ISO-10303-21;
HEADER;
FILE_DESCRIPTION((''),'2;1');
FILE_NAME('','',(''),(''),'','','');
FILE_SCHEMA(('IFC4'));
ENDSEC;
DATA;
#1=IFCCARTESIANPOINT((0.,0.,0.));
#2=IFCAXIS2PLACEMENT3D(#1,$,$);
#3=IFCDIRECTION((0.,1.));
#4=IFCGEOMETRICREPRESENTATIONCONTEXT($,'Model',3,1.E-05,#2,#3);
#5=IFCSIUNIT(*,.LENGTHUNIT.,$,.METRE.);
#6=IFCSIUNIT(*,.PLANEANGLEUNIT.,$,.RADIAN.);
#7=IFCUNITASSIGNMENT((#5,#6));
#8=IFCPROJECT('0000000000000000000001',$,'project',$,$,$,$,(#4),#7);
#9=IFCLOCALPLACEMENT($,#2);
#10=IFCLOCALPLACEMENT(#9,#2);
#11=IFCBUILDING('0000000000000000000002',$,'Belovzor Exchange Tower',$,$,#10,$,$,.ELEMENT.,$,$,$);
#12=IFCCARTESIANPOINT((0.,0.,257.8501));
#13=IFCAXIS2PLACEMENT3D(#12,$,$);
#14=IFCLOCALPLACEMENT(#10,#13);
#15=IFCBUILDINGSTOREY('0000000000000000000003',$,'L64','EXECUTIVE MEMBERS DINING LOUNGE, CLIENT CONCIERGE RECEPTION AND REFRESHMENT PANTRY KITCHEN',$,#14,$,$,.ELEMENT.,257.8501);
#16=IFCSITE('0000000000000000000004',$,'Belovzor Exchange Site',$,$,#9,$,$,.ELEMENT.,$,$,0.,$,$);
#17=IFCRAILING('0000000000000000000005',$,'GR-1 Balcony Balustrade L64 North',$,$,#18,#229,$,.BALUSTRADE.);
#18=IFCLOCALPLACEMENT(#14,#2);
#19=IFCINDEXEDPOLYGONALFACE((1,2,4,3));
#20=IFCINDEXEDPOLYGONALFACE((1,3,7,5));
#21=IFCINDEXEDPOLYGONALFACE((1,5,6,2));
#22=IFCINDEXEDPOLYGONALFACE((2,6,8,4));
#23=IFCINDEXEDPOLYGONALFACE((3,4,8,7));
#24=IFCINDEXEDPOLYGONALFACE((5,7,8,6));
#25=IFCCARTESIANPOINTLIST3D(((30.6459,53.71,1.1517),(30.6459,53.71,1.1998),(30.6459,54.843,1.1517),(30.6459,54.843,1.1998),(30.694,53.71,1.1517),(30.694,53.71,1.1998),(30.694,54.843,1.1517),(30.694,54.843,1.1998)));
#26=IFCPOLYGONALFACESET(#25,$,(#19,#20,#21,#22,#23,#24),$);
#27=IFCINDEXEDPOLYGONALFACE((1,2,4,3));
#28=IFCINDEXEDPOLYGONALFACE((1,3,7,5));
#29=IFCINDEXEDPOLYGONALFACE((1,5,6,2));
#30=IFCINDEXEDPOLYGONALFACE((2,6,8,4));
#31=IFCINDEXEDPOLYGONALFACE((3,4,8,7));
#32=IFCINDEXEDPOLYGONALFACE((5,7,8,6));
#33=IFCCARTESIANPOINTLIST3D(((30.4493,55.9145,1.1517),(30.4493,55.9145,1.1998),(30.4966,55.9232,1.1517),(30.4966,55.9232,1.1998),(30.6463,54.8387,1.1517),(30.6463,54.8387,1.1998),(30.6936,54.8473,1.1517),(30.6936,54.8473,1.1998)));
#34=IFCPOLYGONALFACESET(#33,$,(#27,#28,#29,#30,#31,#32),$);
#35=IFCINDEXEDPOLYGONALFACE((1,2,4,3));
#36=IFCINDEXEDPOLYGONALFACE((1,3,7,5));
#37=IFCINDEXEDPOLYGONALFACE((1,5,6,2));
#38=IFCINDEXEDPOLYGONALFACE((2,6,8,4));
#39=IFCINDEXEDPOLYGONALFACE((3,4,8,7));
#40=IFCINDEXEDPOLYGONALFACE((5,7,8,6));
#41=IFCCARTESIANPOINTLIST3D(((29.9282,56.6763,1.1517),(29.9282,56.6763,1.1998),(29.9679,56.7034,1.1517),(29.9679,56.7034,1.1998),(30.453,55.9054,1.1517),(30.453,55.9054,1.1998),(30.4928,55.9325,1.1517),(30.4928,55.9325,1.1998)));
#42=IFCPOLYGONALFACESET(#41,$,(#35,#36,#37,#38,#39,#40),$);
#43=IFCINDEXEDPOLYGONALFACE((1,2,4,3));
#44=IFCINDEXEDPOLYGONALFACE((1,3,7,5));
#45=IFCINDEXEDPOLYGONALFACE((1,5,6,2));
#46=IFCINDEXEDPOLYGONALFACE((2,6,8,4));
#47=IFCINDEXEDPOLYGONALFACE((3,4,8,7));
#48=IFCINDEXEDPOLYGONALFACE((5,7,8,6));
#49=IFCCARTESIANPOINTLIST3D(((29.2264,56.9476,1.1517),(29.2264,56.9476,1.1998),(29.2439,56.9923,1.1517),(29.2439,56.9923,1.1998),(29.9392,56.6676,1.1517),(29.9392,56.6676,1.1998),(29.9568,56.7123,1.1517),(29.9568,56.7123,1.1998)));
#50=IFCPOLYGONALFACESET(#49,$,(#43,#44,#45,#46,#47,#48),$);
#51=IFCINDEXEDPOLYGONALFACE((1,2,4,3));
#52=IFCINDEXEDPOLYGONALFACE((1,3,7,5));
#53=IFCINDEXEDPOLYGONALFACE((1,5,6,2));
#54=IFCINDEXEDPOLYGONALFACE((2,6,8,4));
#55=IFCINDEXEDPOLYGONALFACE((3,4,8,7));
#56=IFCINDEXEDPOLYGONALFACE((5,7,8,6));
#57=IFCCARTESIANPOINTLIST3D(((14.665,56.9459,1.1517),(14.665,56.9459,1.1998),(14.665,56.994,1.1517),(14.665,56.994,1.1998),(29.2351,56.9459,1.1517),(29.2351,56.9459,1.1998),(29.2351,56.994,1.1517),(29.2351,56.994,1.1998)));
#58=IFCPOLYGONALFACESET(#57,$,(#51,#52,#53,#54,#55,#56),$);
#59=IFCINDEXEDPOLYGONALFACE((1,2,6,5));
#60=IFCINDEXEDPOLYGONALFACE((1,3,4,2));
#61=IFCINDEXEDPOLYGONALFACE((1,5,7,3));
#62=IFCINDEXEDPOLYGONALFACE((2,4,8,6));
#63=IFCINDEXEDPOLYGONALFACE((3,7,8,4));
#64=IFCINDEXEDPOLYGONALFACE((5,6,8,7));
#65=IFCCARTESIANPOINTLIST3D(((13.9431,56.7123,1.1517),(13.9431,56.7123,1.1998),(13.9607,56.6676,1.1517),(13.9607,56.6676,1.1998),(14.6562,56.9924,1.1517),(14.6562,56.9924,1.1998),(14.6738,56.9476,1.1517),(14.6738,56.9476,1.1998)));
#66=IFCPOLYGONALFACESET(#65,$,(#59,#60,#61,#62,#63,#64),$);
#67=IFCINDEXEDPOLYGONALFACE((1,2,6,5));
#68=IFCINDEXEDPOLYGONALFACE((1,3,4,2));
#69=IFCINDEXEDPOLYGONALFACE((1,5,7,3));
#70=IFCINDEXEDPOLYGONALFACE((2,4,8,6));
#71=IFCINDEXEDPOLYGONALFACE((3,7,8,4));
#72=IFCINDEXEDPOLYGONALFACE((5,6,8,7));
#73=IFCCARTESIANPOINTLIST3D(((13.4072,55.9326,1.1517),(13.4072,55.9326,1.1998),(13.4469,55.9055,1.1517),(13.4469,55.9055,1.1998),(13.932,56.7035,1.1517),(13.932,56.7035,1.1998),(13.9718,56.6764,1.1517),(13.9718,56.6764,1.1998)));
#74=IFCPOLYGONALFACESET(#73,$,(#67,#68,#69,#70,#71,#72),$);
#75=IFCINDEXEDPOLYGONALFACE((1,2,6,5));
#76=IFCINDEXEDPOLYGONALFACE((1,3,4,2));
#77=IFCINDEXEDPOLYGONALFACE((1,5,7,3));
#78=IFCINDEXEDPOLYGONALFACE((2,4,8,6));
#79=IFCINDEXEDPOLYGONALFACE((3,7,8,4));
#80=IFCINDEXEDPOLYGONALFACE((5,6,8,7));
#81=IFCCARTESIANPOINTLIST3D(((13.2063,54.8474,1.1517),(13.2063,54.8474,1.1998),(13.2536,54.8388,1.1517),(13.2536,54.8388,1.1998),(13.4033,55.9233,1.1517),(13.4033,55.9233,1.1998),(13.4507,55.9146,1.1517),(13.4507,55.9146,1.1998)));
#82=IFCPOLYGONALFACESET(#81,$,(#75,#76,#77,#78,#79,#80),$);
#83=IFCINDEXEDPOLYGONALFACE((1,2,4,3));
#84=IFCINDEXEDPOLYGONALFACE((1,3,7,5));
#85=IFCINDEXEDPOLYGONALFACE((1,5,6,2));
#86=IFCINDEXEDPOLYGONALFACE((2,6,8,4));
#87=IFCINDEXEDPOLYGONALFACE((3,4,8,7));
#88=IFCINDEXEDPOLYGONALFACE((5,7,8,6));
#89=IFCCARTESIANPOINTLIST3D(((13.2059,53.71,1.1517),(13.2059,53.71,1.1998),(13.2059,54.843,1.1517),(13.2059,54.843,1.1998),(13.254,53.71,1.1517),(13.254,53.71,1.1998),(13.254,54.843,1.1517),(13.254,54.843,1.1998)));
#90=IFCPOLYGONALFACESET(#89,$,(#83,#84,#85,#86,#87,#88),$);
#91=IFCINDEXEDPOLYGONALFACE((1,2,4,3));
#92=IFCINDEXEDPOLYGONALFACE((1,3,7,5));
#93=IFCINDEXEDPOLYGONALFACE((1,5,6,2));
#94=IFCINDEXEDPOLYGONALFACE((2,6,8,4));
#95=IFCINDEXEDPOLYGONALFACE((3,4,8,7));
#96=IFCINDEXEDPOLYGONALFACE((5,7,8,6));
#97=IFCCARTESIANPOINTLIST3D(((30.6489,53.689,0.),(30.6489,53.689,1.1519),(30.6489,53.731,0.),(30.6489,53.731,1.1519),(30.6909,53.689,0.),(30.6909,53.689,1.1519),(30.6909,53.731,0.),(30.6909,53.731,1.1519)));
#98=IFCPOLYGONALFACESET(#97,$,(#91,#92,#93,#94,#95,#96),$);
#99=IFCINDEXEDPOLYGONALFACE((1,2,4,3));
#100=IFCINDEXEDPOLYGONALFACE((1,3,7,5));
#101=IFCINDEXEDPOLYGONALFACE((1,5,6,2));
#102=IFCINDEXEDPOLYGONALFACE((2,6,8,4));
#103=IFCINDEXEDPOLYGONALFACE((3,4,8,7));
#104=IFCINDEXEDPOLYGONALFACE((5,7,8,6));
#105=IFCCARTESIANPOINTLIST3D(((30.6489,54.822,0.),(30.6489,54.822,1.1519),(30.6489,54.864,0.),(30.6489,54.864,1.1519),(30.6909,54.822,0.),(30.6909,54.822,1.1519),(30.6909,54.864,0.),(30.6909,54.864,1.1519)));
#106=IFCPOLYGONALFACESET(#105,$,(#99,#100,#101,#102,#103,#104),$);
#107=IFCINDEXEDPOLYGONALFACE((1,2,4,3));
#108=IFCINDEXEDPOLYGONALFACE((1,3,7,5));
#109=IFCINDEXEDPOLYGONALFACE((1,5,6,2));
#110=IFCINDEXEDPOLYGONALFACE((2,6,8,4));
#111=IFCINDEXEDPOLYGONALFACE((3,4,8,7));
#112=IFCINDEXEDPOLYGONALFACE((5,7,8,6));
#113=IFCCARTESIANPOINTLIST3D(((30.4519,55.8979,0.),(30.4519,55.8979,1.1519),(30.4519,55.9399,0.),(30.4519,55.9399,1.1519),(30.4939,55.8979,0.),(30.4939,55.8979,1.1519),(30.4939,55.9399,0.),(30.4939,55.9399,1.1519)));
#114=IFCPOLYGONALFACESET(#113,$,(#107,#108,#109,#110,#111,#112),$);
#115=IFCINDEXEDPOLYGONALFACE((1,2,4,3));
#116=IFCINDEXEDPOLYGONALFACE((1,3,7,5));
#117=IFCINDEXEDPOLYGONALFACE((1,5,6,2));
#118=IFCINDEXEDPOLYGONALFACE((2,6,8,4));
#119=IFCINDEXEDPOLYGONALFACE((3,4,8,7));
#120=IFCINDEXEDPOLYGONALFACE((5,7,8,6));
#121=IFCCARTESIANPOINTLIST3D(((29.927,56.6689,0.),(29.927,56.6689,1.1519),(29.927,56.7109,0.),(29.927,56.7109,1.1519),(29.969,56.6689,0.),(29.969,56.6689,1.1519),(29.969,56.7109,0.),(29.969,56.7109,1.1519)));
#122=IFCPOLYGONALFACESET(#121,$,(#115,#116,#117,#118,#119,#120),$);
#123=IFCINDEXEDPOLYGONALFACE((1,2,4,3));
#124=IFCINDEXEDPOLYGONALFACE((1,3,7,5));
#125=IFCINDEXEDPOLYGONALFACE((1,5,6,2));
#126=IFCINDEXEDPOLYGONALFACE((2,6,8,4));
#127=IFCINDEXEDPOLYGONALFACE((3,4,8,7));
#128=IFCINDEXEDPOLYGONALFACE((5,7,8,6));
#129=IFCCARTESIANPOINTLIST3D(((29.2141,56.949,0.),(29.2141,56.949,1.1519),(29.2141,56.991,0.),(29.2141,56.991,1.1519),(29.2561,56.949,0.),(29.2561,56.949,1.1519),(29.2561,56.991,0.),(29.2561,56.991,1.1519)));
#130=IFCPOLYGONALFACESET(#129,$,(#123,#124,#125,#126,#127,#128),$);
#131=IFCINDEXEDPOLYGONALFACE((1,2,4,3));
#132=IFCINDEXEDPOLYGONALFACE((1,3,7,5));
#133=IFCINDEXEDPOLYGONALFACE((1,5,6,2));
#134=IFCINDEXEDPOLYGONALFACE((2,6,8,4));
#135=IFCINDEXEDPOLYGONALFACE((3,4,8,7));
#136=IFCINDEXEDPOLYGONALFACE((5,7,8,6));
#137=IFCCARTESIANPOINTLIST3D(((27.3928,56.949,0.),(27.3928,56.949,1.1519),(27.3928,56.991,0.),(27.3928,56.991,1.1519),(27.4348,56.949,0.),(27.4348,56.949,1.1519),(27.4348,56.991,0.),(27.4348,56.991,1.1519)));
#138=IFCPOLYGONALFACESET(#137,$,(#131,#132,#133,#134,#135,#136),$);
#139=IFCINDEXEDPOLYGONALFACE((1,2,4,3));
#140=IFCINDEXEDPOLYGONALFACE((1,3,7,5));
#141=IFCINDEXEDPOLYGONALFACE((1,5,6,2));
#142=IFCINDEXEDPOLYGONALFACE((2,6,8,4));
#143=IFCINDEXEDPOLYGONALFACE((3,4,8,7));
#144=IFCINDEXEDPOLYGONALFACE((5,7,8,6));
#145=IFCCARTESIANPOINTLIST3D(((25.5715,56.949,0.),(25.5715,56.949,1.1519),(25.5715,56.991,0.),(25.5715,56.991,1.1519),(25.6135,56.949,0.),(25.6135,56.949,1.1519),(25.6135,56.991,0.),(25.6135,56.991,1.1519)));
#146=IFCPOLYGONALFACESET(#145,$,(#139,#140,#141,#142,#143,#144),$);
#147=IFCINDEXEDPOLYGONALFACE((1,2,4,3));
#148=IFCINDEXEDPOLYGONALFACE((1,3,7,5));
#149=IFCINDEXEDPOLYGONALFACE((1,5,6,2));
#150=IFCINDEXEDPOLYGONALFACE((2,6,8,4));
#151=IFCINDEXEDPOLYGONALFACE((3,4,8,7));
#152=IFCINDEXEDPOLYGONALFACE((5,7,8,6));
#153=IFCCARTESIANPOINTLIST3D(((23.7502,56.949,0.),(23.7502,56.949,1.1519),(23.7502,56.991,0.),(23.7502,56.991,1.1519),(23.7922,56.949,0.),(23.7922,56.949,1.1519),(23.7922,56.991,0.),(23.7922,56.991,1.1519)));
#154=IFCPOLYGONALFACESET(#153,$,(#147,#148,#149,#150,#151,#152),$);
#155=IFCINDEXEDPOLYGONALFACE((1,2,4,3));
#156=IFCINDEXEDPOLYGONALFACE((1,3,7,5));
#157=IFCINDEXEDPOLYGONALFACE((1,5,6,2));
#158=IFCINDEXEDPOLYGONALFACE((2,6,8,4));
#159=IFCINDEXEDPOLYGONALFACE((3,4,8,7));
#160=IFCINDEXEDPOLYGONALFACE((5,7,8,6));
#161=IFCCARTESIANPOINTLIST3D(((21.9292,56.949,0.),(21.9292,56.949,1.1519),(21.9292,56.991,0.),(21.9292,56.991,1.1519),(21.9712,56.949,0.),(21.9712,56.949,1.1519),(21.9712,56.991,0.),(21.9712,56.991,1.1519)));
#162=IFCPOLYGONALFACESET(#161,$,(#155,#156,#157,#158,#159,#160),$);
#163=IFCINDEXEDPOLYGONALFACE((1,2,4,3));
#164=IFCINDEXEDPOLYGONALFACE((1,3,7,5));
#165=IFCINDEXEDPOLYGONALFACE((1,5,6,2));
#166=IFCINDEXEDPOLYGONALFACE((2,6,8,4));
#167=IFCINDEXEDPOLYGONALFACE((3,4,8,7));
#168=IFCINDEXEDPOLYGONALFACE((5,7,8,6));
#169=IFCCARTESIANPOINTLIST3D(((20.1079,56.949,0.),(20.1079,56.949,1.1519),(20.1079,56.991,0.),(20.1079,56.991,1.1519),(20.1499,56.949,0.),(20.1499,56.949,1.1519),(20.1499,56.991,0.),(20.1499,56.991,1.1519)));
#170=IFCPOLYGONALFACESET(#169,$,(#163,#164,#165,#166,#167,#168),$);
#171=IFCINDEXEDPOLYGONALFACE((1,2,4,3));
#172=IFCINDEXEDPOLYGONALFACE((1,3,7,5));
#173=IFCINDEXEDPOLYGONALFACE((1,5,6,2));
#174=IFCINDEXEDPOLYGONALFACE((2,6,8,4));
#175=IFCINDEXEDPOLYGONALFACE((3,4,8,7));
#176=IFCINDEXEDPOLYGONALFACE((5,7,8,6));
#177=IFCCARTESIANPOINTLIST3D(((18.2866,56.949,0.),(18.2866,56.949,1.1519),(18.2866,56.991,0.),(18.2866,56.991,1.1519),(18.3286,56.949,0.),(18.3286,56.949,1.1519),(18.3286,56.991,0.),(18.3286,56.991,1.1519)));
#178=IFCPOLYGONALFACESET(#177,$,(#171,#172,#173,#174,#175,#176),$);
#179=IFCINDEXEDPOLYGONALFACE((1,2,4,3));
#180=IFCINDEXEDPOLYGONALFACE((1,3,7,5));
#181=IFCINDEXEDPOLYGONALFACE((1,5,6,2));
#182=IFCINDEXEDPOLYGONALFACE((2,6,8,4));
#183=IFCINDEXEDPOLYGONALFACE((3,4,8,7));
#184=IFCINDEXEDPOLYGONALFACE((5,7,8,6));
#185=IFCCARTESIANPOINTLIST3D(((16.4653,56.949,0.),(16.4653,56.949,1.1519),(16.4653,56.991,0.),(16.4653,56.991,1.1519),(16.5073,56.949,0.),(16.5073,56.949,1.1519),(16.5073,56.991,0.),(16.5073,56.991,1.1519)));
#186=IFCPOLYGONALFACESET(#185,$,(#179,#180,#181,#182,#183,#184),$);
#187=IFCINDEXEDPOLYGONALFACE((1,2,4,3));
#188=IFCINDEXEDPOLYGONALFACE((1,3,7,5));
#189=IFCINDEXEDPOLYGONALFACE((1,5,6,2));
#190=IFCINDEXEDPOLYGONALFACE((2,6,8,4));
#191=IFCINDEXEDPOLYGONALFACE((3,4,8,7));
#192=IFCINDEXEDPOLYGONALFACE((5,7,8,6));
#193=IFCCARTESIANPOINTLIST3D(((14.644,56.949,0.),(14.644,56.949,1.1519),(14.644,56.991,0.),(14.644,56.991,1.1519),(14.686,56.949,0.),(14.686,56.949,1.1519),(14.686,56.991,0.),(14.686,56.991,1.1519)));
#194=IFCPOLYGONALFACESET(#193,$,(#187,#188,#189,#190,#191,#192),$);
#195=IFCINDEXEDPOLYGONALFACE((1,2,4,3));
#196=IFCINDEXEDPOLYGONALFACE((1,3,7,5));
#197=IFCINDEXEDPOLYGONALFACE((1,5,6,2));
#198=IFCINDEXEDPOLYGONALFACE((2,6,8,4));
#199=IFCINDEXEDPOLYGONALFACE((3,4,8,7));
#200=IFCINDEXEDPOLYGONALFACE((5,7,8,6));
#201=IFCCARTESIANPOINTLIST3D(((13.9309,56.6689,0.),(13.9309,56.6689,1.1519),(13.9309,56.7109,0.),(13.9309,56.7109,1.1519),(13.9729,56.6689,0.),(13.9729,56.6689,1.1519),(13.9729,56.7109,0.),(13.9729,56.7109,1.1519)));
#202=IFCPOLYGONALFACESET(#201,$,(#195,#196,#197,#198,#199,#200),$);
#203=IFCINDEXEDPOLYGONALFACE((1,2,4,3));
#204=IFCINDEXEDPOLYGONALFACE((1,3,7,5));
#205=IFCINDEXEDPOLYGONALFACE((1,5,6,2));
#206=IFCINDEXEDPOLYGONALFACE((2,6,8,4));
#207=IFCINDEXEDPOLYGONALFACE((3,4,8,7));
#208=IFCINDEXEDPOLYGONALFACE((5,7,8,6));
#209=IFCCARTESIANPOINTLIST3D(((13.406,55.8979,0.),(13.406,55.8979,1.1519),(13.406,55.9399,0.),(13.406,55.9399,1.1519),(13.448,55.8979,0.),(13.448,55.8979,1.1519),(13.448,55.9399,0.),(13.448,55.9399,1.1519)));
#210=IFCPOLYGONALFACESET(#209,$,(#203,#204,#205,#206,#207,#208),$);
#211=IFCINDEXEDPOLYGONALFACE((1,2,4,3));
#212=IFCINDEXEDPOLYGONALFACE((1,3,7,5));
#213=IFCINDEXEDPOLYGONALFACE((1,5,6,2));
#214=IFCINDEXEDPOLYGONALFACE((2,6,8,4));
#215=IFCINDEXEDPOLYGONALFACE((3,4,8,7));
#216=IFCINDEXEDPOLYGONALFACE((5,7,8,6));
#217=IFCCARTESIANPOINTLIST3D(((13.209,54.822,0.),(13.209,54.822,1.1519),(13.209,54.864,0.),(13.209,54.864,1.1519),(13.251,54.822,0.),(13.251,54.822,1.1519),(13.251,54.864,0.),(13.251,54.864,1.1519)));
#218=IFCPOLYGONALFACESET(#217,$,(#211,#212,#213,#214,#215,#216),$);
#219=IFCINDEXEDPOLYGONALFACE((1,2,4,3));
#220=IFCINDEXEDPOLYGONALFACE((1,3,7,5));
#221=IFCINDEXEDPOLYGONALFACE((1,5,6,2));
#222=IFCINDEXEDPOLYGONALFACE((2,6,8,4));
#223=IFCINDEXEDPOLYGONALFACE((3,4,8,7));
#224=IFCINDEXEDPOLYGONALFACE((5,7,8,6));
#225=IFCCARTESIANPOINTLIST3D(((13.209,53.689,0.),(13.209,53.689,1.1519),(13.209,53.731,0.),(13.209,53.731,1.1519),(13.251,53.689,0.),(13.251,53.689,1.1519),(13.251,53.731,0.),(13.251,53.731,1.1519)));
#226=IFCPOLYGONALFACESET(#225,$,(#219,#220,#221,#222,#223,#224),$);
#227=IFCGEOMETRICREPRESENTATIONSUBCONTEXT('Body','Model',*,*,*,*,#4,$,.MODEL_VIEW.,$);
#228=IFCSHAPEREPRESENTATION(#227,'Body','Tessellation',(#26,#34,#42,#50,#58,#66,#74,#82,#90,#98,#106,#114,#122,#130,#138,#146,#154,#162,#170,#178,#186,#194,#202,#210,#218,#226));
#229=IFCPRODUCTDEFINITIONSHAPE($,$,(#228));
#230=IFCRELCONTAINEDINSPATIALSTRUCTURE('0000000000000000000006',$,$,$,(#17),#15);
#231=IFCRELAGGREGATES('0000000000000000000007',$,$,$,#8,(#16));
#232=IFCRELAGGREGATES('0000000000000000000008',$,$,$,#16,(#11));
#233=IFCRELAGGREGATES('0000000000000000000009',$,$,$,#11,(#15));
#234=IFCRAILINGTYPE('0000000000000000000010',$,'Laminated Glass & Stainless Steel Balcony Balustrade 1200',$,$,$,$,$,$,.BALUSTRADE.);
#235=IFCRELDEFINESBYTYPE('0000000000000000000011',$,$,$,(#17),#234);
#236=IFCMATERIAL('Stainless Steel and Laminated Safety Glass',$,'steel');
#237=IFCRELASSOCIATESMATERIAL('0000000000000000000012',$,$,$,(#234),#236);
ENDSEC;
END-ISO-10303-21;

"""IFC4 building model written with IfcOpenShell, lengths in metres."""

from ifc_helpers import new_model, si_unit, direction, frame, origin, origin_2d, place, context, subcontext, project, spatial, rectangle, extrude, material, type_object, element, save


model = new_model("IFC4")

# Units and contexts
model_context = context("Model", 3, precision=1e-05, world=origin(), true_north=direction((0.0, 1.0)))
body_context = subcontext(model_context, "Body", "Model", "MODEL_VIEW")
ifc_project = project(units=[si_unit("LENGTHUNIT", "METRE"), si_unit("PLANEANGLEUNIT", "RADIAN")], contexts=[model_context])

# Site, building, storey
site_placement = place(None, origin())
site = spatial("IfcSite", under=ifc_project, at=site_placement, Name="Belovzor Exchange Site", CompositionType="ELEMENT", RefElevation=0.0)
building_placement = place(site_placement, origin())
building = spatial("IfcBuilding", under=site, at=building_placement, Name="Belovzor Exchange Tower", CompositionType="ELEMENT")
storey_placement = place(building_placement, frame((0.0, 0.0, 257.8501)))
storey = spatial("IfcBuildingStorey", under=building, at=storey_placement, Name="L64", Description="EXECUTIVE MEMBERS DINING LOUNGE, CLIENT CONCIERGE RECEPTION AND REFRESHMENT PANTRY KITCHEN", CompositionType="ELEMENT", Elevation=257.8501)

# Railing
ifc_material_1 = material(Name="Stainless Steel and Laminated Safety Glass", Category="steel")
railing_type = type_object("IfcRailingType", Name="Laminated Glass & Stainless Steel Balcony Balustrade 1200", PredefinedType="BALUSTRADE", material=ifc_material_1)
railing_placement = place(storey_placement, frame((30.6699, 53.71, 0.0)))
element("IfcRailing", 1, at=railing_placement, inside=storey, type_object=railing_type, Name="GR-1 Balcony Balustrade L64 North", PredefinedType="BALUSTRADE", context=body_context, shape_type="SweptSolid", body=[
    extrude(rectangle(XDim=0.0481, YDim=0.0481, at=origin_2d()), frame((0.0, 0.0, 1.1758), z_axis=(0.0, 1.0, 0.0), x_axis=(-1.0, 0.0, 0.0)), (0.0, 0.0, 1.0), 1.1331),
    extrude(rectangle(XDim=0.0481, YDim=0.0481, at=origin_2d()), frame((0.0, 1.1331, 1.1758), z_axis=(-0.180123, 0.983644, 0.0), x_axis=(-0.983644, -0.180123, 0.0)), (0.0, 0.0, 1.0), 1.0938),
    extrude(rectangle(XDim=0.0481, YDim=0.0481, at=origin_2d()), frame((-0.197, 2.209, 1.1758), z_axis=(-0.562768, 0.826615, 0.0), x_axis=(-0.826615, -0.562768, 0.0)), (0.0, 0.0, 1.0), 0.9326),
    extrude(rectangle(XDim=0.0481, YDim=0.0481, at=origin_2d()), frame((-0.7219, 2.98, 1.1758), z_axis=(-0.930767, 0.365613, 0.0), x_axis=(-0.365613, -0.930767, 0.0)), (0.0, 0.0, 1.0), 0.7659),
    extrude(rectangle(XDim=0.0481, YDim=0.0481, at=origin_2d()), frame((-1.4348, 3.26, 1.1758), z_axis=(-1.0, 0.0, 0.0), x_axis=(0.0, -1.0, 0.0)), (0.0, 0.0, 1.0), 14.5701),
    extrude(rectangle(XDim=0.0481, YDim=0.0481, at=origin_2d()), frame((-16.0049, 3.26, 1.1758), z_axis=(-0.93081, -0.365504, 0.0), x_axis=(0.365504, -0.93081, 0.0)), (0.0, 0.0, 1.0), 0.7661),
    extrude(rectangle(XDim=0.0481, YDim=0.0481, at=origin_2d()), frame((-16.718, 2.98, 1.1758), z_axis=(-0.562768, -0.826615, 0.0), x_axis=(0.826615, -0.562768, 0.0)), (0.0, 0.0, 1.0), 0.9326),
    extrude(rectangle(XDim=0.0481, YDim=0.0481, at=origin_2d()), frame((-17.2429, 2.209, 1.1758), z_axis=(-0.180123, -0.983644, 0.0), x_axis=(0.983644, -0.180123, 0.0)), (0.0, 0.0, 1.0), 1.0938),
    extrude(rectangle(XDim=0.0481, YDim=0.0481, at=origin_2d()), frame((-17.4399, 1.1331, 1.1758), z_axis=(0.0, -1.0, 0.0), x_axis=(1.0, 0.0, 0.0)), (0.0, 0.0, 1.0), 1.1331),
    extrude(rectangle(XDim=0.042, YDim=0.042, at=origin_2d()), origin(), (0.0, 0.0, 1.0), 1.1519),
    extrude(rectangle(XDim=0.042, YDim=0.042, at=origin_2d()), frame((0.0, 1.1331, 0.0)), (0.0, 0.0, 1.0), 1.1519),
    extrude(rectangle(XDim=0.042, YDim=0.042, at=origin_2d()), frame((-0.197, 2.209, 0.0)), (0.0, 0.0, 1.0), 1.1519),
    extrude(rectangle(XDim=0.042, YDim=0.042, at=origin_2d()), frame((-0.7219, 2.98, 0.0)), (0.0, 0.0, 1.0), 1.1519),
    extrude(rectangle(XDim=0.042, YDim=0.042, at=origin_2d()), frame((-1.4348, 3.26, 0.0)), (0.0, 0.0, 1.0), 1.1519),
    extrude(rectangle(XDim=0.042, YDim=0.042, at=origin_2d()), frame((-3.2561, 3.26, 0.0)), (0.0, 0.0, 1.0), 1.1519),
    extrude(rectangle(XDim=0.042, YDim=0.042, at=origin_2d()), frame((-5.0774, 3.26, 0.0)), (0.0, 0.0, 1.0), 1.1519),
    extrude(rectangle(XDim=0.042, YDim=0.042, at=origin_2d()), frame((-6.8987, 3.26, 0.0)), (0.0, 0.0, 1.0), 1.1519),
    extrude(rectangle(XDim=0.042, YDim=0.042, at=origin_2d()), frame((-8.7197, 3.26, 0.0)), (0.0, 0.0, 1.0), 1.1519),
    extrude(rectangle(XDim=0.042, YDim=0.042, at=origin_2d()), frame((-10.541, 3.26, 0.0)), (0.0, 0.0, 1.0), 1.1519),
    extrude(rectangle(XDim=0.042, YDim=0.042, at=origin_2d()), frame((-12.3623, 3.26, 0.0)), (0.0, 0.0, 1.0), 1.1519),
    extrude(rectangle(XDim=0.042, YDim=0.042, at=origin_2d()), frame((-14.1836, 3.26, 0.0)), (0.0, 0.0, 1.0), 1.1519),
    extrude(rectangle(XDim=0.042, YDim=0.042, at=origin_2d()), frame((-16.0049, 3.26, 0.0)), (0.0, 0.0, 1.0), 1.1519),
    extrude(rectangle(XDim=0.042, YDim=0.042, at=origin_2d()), frame((-16.718, 2.98, 0.0)), (0.0, 0.0, 1.0), 1.1519),
    extrude(rectangle(XDim=0.042, YDim=0.042, at=origin_2d()), frame((-17.2429, 2.209, 0.0)), (0.0, 0.0, 1.0), 1.1519),
    extrude(rectangle(XDim=0.042, YDim=0.042, at=origin_2d()), frame((-17.4399, 1.1331, 0.0)), (0.0, 0.0, 1.0), 1.1519),
    extrude(rectangle(XDim=0.042, YDim=0.042, at=origin_2d()), frame((-17.4399, 0.0, 0.0)), (0.0, 0.0, 1.0), 1.1519),
])

save(model, "model.ifc")
